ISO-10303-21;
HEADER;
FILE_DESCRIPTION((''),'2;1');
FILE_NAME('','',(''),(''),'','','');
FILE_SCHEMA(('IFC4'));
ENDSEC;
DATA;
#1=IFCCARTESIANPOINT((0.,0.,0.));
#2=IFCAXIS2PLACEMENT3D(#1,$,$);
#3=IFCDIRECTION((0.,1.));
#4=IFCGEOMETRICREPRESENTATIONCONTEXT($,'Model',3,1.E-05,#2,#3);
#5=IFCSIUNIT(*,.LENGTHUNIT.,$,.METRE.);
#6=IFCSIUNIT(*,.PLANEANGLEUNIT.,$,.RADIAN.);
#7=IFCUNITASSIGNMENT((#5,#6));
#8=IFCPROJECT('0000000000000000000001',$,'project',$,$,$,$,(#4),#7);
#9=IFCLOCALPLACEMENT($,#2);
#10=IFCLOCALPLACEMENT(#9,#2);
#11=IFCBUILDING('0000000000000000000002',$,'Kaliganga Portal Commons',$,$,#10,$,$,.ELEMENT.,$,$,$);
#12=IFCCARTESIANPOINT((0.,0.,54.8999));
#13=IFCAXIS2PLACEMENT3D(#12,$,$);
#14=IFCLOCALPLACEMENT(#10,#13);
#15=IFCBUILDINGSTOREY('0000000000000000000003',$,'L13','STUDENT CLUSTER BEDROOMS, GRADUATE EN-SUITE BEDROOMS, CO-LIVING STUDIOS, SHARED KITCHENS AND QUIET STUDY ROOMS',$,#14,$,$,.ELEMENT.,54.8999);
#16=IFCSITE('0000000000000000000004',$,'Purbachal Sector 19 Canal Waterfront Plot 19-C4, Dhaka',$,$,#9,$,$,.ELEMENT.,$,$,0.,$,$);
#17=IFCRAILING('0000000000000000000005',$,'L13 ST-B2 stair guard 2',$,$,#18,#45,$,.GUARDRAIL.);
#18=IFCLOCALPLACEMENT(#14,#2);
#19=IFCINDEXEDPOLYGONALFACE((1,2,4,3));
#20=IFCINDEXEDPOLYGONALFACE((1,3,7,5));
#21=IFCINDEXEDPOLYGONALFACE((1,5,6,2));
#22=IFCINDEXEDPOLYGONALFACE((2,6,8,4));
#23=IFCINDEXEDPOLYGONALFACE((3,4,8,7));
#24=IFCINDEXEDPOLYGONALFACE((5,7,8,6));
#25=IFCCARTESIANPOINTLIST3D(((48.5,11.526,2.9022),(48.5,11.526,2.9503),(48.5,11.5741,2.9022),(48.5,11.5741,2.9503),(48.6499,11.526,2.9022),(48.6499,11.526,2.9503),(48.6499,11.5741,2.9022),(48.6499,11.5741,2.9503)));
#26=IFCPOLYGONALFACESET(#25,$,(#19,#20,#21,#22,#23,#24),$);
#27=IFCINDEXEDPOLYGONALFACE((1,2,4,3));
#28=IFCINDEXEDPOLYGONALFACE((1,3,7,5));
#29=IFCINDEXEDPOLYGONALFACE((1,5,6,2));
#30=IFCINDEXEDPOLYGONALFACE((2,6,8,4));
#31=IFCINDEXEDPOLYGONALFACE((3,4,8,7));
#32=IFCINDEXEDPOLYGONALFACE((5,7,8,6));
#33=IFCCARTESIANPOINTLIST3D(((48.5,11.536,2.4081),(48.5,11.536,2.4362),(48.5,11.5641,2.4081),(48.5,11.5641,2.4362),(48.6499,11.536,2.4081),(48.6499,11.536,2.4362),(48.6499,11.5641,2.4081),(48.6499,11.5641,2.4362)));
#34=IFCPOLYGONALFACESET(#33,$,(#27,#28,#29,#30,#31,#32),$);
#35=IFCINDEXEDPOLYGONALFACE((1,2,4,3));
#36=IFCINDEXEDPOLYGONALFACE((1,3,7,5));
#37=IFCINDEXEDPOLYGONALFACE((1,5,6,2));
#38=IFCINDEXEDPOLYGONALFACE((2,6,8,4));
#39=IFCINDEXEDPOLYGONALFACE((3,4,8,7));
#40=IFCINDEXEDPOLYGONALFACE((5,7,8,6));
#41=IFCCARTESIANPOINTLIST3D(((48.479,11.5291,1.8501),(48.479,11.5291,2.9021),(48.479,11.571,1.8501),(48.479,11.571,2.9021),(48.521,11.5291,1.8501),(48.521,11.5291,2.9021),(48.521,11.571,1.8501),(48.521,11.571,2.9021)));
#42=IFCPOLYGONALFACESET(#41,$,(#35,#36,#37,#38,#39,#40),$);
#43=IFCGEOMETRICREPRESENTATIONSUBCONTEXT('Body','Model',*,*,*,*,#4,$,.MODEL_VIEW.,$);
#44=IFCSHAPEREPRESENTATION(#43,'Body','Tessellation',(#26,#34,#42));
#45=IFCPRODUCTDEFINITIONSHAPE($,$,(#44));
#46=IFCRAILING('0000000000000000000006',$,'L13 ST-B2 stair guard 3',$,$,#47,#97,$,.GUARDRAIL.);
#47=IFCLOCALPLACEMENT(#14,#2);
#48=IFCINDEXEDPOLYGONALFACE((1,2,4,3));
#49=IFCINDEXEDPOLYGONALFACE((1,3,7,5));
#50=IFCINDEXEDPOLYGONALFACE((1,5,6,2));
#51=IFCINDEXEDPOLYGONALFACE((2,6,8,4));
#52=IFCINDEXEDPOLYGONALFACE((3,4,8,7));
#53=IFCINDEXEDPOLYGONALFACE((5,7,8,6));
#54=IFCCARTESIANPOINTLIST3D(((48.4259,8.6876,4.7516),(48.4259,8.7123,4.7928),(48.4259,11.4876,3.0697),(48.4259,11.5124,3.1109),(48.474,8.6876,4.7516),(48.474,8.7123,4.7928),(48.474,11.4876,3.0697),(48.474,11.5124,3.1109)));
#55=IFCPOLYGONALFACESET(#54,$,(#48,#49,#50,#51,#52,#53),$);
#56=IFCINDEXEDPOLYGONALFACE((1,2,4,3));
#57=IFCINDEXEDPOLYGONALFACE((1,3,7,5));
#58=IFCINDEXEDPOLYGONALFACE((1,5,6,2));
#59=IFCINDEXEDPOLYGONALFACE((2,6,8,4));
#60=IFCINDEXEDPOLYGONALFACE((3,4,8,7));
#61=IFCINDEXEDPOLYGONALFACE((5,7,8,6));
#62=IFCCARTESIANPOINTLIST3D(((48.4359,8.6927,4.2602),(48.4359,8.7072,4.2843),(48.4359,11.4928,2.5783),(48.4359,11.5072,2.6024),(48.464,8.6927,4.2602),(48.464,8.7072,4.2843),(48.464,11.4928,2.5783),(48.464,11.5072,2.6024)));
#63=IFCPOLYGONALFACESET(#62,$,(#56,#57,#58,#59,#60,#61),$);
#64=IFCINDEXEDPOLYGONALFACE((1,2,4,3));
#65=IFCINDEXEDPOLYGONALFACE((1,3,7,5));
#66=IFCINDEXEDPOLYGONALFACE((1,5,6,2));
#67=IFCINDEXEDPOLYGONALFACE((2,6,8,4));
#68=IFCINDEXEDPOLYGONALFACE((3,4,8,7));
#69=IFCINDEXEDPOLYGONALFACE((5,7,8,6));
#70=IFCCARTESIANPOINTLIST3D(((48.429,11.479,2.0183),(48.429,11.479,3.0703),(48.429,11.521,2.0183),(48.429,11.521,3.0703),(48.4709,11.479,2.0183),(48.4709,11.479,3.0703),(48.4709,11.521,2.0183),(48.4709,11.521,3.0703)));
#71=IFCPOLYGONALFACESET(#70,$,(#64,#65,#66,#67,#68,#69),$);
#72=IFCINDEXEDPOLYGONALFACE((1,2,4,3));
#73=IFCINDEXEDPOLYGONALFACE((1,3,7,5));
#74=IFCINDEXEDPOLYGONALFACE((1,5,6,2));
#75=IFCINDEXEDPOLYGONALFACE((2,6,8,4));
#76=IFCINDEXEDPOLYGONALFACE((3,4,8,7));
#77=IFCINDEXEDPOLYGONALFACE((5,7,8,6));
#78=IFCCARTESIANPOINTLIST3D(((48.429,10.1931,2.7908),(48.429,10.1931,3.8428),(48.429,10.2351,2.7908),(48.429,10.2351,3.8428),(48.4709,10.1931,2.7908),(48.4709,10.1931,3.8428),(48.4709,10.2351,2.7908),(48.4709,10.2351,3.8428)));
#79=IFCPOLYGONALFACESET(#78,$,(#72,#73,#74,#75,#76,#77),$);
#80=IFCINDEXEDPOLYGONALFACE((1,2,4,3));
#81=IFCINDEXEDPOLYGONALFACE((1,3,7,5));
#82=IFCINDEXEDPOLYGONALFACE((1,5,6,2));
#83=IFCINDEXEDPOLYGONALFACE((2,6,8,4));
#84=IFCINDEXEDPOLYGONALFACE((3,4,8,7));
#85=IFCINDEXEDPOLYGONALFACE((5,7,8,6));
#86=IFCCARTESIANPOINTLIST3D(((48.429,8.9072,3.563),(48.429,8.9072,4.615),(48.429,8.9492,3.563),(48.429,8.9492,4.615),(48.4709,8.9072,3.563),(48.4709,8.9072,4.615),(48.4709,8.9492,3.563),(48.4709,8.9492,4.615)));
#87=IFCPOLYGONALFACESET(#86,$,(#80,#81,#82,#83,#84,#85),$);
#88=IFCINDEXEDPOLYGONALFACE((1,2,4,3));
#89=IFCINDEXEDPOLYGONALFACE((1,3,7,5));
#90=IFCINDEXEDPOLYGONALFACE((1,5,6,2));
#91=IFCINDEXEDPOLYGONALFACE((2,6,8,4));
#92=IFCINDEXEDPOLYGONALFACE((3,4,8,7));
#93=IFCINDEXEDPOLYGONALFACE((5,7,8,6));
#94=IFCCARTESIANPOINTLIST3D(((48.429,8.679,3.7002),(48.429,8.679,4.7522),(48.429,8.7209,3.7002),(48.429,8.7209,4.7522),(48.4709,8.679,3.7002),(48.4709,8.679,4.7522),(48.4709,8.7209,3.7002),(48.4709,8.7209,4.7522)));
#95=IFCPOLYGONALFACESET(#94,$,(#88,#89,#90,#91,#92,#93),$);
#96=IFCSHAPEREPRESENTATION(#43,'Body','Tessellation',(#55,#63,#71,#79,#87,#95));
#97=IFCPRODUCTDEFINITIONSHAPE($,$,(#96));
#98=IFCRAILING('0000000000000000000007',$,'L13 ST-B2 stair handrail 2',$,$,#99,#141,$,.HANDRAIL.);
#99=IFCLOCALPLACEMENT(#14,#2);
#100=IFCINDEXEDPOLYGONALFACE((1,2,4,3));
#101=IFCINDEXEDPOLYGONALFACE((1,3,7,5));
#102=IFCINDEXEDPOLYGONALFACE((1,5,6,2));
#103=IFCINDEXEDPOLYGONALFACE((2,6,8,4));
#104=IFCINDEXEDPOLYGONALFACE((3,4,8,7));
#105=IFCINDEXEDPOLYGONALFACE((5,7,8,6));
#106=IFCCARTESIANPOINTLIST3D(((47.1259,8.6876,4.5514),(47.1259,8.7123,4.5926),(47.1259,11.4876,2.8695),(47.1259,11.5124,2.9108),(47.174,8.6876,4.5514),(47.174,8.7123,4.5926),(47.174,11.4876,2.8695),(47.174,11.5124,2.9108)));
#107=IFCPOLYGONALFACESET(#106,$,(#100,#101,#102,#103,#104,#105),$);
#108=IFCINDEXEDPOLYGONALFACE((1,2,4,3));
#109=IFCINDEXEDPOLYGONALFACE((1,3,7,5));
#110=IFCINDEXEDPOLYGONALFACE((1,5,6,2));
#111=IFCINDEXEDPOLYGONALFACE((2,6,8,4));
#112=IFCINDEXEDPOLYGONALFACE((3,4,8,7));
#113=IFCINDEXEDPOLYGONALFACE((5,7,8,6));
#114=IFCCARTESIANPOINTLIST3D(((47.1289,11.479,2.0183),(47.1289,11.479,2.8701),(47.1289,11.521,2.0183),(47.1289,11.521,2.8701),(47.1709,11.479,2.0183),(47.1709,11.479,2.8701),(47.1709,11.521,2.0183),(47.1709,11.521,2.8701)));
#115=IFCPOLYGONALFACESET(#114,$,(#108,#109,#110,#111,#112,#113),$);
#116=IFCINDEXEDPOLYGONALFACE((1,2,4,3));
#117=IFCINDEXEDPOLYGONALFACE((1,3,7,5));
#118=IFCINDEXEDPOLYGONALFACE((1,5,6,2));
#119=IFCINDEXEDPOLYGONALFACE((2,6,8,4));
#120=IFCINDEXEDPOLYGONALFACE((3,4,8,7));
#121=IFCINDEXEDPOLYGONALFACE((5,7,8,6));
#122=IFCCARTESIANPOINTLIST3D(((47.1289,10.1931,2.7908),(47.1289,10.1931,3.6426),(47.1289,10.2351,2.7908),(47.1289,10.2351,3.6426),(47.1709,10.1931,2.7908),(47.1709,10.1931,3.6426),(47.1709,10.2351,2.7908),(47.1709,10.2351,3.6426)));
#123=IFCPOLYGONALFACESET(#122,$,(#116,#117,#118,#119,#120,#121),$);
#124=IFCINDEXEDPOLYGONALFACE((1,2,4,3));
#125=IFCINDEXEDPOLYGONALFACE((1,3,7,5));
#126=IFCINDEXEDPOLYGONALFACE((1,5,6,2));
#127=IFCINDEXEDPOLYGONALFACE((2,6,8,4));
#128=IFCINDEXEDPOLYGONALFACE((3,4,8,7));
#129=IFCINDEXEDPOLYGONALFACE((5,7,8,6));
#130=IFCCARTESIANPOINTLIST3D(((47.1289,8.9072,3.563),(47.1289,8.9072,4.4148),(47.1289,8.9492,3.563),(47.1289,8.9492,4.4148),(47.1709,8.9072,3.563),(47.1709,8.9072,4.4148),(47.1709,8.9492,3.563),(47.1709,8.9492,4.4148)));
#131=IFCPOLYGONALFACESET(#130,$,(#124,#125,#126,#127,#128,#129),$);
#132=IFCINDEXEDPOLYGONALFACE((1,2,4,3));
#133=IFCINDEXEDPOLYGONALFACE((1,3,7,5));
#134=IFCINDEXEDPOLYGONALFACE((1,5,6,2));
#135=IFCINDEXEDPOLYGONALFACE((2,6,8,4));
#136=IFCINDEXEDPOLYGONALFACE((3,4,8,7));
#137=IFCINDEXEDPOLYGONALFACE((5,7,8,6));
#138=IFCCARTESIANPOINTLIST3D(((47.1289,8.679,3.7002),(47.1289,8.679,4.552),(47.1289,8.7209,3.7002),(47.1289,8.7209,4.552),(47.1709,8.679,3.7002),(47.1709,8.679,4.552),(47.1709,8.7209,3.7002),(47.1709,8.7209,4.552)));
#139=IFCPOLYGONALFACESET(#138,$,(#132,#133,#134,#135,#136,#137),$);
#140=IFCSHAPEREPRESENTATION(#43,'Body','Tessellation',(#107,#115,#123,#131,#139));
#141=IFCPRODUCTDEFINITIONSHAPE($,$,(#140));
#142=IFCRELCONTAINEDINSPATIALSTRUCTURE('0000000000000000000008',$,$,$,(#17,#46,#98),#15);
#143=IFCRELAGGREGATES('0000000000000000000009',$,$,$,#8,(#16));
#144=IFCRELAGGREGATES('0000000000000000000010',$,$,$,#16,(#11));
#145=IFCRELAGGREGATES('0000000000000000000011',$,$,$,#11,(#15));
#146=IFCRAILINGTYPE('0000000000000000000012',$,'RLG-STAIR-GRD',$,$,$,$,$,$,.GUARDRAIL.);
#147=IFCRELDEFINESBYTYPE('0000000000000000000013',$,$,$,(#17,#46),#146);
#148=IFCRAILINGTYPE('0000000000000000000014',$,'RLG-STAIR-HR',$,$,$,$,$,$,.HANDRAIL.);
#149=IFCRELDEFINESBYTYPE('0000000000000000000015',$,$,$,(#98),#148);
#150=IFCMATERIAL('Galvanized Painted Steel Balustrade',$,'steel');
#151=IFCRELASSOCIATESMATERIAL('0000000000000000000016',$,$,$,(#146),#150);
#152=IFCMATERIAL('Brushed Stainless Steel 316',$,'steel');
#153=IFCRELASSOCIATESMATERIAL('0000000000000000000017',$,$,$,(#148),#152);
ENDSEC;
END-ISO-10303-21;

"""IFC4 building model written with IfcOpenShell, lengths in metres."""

from ifc_helpers import new_model, si_unit, direction, frame, origin, origin_2d, place, context, subcontext, project, spatial, rectangle, extrude, material, type_object, element, save


model = new_model("IFC4")

# Units and contexts
model_context = context("Model", 3, precision=1e-05, world=origin(), true_north=direction((0.0, 1.0)))
body_context = subcontext(model_context, "Body", "Model", "MODEL_VIEW")
ifc_project = project(units=[si_unit("LENGTHUNIT", "METRE"), si_unit("PLANEANGLEUNIT", "RADIAN")], contexts=[model_context])

# Site, building, storey
site_placement = place(None, origin())
site = spatial("IfcSite", under=ifc_project, at=site_placement, Name="Purbachal Sector 19 Canal Waterfront Plot 19-C4, Dhaka", CompositionType="ELEMENT", RefElevation=0.0)
building_placement = place(site_placement, origin())
building = spatial("IfcBuilding", under=site, at=building_placement, Name="Kaliganga Portal Commons", CompositionType="ELEMENT")
storey_placement = place(building_placement, frame((0.0, 0.0, 54.8999)))
storey = spatial("IfcBuildingStorey", under=building, at=storey_placement, Name="L13", Description="STUDENT CLUSTER BEDROOMS, GRADUATE EN-SUITE BEDROOMS, CO-LIVING STUDIOS, SHARED KITCHENS AND QUIET STUDY ROOMS", CompositionType="ELEMENT", Elevation=54.8999)

# Railings
ifc_material_1 = material(Name="Galvanized Painted Steel Balustrade", Category="steel")
railing_type_1 = type_object("IfcRailingType", Name="RLG-STAIR-GRD", PredefinedType="GUARDRAIL", material=ifc_material_1)
railing_1_placement = place(storey_placement, frame((48.6499, 11.55, 1.8501)))
element("IfcRailing", 1, at=railing_1_placement, inside=storey, type_object=railing_type_1, Name="L13 ST-B2 stair guard 2", PredefinedType="GUARDRAIL", context=body_context, shape_type="SweptSolid", body=[
    extrude(rectangle(XDim=0.0481, YDim=0.0481, at=origin_2d()), frame((0.0, 0.0, 1.0762), z_axis=(-1.0, 0.0, 0.0), x_axis=(0.0, -1.0, 0.0)), (0.0, 0.0, 1.0), 0.1499),
    extrude(rectangle(XDim=0.0281, YDim=0.0281, at=origin_2d()), frame((0.0, 0.0, 0.572), z_axis=(-1.0, 0.0, 0.0), x_axis=(0.0, -1.0, 0.0)), (0.0, 0.0, 1.0), 0.1499),
    extrude(rectangle(XDim=0.042, YDim=0.042, at=origin_2d()), frame((-0.1499, 0.0, 0.0)), (0.0, 0.0, 1.0), 1.052),
])
railing_2_placement = place(storey_placement, frame((48.45, 11.5, 2.0183)))
element("IfcRailing", 2, at=railing_2_placement, inside=storey, type_object=railing_type_1, Name="L13 ST-B2 stair guard 3", PredefinedType="GUARDRAIL", context=body_context, shape_type="SweptSolid", body=[
    extrude(rectangle(XDim=0.0481, YDim=0.0481, at=origin_2d()), frame((0.0, 0.0, 1.072), z_axis=(0.0, -0.857242, 0.514913), x_axis=(1.0, 0.0, 0.0)), (0.0, 0.0, 1.0), 3.2664),
    extrude(rectangle(XDim=0.0281, YDim=0.0281, at=origin_2d()), frame((0.0, 0.0, 0.572), z_axis=(0.0, -0.857242, 0.514913), x_axis=(1.0, 0.0, 0.0)), (0.0, 0.0, 1.0), 3.2664),
    extrude(rectangle(XDim=0.042, YDim=0.042, at=origin_2d()), origin(), (0.0, 0.0, 1.0), 1.052),
    extrude(rectangle(XDim=0.042, YDim=0.042, at=origin_2d()), frame((0.0, -1.2859, 0.7725)), (0.0, 0.0, 1.0), 1.052),
    extrude(rectangle(XDim=0.042, YDim=0.042, at=origin_2d()), frame((0.0, -2.5718, 1.5447)), (0.0, 0.0, 1.0), 1.052),
    extrude(rectangle(XDim=0.042, YDim=0.042, at=origin_2d()), frame((0.0, -2.8, 1.6819)), (0.0, 0.0, 1.0), 1.052),
])
ifc_material_2 = material(Name="Brushed Stainless Steel 316", Category="steel")
railing_type_2 = type_object("IfcRailingType", Name="RLG-STAIR-HR", PredefinedType="HANDRAIL", material=ifc_material_2)
railing_3_placement = place(storey_placement, frame((47.1499, 11.5, 2.0183)))
element("IfcRailing", 3, at=railing_3_placement, inside=storey, type_object=railing_type_2, Name="L13 ST-B2 stair handrail 2", PredefinedType="HANDRAIL", context=body_context, shape_type="SweptSolid", body=[
    extrude(rectangle(XDim=0.0481, YDim=0.0481, at=origin_2d()), frame((0.0, 0.0, 0.8718), z_axis=(0.0, -0.857242, 0.514913), x_axis=(1.0, 0.0, 0.0)), (0.0, 0.0, 1.0), 3.2664),
    extrude(rectangle(XDim=0.042, YDim=0.042, at=origin_2d()), origin(), (0.0, 0.0, 1.0), 0.8518),
    extrude(rectangle(XDim=0.042, YDim=0.042, at=origin_2d()), frame((0.0, -1.2859, 0.7725)), (0.0, 0.0, 1.0), 0.8518),
    extrude(rectangle(XDim=0.042, YDim=0.042, at=origin_2d()), frame((0.0, -2.5718, 1.5447)), (0.0, 0.0, 1.0), 0.8518),
    extrude(rectangle(XDim=0.042, YDim=0.042, at=origin_2d()), frame((0.0, -2.8, 1.6819)), (0.0, 0.0, 1.0), 0.8518),
])

save(model, "model.ifc")
